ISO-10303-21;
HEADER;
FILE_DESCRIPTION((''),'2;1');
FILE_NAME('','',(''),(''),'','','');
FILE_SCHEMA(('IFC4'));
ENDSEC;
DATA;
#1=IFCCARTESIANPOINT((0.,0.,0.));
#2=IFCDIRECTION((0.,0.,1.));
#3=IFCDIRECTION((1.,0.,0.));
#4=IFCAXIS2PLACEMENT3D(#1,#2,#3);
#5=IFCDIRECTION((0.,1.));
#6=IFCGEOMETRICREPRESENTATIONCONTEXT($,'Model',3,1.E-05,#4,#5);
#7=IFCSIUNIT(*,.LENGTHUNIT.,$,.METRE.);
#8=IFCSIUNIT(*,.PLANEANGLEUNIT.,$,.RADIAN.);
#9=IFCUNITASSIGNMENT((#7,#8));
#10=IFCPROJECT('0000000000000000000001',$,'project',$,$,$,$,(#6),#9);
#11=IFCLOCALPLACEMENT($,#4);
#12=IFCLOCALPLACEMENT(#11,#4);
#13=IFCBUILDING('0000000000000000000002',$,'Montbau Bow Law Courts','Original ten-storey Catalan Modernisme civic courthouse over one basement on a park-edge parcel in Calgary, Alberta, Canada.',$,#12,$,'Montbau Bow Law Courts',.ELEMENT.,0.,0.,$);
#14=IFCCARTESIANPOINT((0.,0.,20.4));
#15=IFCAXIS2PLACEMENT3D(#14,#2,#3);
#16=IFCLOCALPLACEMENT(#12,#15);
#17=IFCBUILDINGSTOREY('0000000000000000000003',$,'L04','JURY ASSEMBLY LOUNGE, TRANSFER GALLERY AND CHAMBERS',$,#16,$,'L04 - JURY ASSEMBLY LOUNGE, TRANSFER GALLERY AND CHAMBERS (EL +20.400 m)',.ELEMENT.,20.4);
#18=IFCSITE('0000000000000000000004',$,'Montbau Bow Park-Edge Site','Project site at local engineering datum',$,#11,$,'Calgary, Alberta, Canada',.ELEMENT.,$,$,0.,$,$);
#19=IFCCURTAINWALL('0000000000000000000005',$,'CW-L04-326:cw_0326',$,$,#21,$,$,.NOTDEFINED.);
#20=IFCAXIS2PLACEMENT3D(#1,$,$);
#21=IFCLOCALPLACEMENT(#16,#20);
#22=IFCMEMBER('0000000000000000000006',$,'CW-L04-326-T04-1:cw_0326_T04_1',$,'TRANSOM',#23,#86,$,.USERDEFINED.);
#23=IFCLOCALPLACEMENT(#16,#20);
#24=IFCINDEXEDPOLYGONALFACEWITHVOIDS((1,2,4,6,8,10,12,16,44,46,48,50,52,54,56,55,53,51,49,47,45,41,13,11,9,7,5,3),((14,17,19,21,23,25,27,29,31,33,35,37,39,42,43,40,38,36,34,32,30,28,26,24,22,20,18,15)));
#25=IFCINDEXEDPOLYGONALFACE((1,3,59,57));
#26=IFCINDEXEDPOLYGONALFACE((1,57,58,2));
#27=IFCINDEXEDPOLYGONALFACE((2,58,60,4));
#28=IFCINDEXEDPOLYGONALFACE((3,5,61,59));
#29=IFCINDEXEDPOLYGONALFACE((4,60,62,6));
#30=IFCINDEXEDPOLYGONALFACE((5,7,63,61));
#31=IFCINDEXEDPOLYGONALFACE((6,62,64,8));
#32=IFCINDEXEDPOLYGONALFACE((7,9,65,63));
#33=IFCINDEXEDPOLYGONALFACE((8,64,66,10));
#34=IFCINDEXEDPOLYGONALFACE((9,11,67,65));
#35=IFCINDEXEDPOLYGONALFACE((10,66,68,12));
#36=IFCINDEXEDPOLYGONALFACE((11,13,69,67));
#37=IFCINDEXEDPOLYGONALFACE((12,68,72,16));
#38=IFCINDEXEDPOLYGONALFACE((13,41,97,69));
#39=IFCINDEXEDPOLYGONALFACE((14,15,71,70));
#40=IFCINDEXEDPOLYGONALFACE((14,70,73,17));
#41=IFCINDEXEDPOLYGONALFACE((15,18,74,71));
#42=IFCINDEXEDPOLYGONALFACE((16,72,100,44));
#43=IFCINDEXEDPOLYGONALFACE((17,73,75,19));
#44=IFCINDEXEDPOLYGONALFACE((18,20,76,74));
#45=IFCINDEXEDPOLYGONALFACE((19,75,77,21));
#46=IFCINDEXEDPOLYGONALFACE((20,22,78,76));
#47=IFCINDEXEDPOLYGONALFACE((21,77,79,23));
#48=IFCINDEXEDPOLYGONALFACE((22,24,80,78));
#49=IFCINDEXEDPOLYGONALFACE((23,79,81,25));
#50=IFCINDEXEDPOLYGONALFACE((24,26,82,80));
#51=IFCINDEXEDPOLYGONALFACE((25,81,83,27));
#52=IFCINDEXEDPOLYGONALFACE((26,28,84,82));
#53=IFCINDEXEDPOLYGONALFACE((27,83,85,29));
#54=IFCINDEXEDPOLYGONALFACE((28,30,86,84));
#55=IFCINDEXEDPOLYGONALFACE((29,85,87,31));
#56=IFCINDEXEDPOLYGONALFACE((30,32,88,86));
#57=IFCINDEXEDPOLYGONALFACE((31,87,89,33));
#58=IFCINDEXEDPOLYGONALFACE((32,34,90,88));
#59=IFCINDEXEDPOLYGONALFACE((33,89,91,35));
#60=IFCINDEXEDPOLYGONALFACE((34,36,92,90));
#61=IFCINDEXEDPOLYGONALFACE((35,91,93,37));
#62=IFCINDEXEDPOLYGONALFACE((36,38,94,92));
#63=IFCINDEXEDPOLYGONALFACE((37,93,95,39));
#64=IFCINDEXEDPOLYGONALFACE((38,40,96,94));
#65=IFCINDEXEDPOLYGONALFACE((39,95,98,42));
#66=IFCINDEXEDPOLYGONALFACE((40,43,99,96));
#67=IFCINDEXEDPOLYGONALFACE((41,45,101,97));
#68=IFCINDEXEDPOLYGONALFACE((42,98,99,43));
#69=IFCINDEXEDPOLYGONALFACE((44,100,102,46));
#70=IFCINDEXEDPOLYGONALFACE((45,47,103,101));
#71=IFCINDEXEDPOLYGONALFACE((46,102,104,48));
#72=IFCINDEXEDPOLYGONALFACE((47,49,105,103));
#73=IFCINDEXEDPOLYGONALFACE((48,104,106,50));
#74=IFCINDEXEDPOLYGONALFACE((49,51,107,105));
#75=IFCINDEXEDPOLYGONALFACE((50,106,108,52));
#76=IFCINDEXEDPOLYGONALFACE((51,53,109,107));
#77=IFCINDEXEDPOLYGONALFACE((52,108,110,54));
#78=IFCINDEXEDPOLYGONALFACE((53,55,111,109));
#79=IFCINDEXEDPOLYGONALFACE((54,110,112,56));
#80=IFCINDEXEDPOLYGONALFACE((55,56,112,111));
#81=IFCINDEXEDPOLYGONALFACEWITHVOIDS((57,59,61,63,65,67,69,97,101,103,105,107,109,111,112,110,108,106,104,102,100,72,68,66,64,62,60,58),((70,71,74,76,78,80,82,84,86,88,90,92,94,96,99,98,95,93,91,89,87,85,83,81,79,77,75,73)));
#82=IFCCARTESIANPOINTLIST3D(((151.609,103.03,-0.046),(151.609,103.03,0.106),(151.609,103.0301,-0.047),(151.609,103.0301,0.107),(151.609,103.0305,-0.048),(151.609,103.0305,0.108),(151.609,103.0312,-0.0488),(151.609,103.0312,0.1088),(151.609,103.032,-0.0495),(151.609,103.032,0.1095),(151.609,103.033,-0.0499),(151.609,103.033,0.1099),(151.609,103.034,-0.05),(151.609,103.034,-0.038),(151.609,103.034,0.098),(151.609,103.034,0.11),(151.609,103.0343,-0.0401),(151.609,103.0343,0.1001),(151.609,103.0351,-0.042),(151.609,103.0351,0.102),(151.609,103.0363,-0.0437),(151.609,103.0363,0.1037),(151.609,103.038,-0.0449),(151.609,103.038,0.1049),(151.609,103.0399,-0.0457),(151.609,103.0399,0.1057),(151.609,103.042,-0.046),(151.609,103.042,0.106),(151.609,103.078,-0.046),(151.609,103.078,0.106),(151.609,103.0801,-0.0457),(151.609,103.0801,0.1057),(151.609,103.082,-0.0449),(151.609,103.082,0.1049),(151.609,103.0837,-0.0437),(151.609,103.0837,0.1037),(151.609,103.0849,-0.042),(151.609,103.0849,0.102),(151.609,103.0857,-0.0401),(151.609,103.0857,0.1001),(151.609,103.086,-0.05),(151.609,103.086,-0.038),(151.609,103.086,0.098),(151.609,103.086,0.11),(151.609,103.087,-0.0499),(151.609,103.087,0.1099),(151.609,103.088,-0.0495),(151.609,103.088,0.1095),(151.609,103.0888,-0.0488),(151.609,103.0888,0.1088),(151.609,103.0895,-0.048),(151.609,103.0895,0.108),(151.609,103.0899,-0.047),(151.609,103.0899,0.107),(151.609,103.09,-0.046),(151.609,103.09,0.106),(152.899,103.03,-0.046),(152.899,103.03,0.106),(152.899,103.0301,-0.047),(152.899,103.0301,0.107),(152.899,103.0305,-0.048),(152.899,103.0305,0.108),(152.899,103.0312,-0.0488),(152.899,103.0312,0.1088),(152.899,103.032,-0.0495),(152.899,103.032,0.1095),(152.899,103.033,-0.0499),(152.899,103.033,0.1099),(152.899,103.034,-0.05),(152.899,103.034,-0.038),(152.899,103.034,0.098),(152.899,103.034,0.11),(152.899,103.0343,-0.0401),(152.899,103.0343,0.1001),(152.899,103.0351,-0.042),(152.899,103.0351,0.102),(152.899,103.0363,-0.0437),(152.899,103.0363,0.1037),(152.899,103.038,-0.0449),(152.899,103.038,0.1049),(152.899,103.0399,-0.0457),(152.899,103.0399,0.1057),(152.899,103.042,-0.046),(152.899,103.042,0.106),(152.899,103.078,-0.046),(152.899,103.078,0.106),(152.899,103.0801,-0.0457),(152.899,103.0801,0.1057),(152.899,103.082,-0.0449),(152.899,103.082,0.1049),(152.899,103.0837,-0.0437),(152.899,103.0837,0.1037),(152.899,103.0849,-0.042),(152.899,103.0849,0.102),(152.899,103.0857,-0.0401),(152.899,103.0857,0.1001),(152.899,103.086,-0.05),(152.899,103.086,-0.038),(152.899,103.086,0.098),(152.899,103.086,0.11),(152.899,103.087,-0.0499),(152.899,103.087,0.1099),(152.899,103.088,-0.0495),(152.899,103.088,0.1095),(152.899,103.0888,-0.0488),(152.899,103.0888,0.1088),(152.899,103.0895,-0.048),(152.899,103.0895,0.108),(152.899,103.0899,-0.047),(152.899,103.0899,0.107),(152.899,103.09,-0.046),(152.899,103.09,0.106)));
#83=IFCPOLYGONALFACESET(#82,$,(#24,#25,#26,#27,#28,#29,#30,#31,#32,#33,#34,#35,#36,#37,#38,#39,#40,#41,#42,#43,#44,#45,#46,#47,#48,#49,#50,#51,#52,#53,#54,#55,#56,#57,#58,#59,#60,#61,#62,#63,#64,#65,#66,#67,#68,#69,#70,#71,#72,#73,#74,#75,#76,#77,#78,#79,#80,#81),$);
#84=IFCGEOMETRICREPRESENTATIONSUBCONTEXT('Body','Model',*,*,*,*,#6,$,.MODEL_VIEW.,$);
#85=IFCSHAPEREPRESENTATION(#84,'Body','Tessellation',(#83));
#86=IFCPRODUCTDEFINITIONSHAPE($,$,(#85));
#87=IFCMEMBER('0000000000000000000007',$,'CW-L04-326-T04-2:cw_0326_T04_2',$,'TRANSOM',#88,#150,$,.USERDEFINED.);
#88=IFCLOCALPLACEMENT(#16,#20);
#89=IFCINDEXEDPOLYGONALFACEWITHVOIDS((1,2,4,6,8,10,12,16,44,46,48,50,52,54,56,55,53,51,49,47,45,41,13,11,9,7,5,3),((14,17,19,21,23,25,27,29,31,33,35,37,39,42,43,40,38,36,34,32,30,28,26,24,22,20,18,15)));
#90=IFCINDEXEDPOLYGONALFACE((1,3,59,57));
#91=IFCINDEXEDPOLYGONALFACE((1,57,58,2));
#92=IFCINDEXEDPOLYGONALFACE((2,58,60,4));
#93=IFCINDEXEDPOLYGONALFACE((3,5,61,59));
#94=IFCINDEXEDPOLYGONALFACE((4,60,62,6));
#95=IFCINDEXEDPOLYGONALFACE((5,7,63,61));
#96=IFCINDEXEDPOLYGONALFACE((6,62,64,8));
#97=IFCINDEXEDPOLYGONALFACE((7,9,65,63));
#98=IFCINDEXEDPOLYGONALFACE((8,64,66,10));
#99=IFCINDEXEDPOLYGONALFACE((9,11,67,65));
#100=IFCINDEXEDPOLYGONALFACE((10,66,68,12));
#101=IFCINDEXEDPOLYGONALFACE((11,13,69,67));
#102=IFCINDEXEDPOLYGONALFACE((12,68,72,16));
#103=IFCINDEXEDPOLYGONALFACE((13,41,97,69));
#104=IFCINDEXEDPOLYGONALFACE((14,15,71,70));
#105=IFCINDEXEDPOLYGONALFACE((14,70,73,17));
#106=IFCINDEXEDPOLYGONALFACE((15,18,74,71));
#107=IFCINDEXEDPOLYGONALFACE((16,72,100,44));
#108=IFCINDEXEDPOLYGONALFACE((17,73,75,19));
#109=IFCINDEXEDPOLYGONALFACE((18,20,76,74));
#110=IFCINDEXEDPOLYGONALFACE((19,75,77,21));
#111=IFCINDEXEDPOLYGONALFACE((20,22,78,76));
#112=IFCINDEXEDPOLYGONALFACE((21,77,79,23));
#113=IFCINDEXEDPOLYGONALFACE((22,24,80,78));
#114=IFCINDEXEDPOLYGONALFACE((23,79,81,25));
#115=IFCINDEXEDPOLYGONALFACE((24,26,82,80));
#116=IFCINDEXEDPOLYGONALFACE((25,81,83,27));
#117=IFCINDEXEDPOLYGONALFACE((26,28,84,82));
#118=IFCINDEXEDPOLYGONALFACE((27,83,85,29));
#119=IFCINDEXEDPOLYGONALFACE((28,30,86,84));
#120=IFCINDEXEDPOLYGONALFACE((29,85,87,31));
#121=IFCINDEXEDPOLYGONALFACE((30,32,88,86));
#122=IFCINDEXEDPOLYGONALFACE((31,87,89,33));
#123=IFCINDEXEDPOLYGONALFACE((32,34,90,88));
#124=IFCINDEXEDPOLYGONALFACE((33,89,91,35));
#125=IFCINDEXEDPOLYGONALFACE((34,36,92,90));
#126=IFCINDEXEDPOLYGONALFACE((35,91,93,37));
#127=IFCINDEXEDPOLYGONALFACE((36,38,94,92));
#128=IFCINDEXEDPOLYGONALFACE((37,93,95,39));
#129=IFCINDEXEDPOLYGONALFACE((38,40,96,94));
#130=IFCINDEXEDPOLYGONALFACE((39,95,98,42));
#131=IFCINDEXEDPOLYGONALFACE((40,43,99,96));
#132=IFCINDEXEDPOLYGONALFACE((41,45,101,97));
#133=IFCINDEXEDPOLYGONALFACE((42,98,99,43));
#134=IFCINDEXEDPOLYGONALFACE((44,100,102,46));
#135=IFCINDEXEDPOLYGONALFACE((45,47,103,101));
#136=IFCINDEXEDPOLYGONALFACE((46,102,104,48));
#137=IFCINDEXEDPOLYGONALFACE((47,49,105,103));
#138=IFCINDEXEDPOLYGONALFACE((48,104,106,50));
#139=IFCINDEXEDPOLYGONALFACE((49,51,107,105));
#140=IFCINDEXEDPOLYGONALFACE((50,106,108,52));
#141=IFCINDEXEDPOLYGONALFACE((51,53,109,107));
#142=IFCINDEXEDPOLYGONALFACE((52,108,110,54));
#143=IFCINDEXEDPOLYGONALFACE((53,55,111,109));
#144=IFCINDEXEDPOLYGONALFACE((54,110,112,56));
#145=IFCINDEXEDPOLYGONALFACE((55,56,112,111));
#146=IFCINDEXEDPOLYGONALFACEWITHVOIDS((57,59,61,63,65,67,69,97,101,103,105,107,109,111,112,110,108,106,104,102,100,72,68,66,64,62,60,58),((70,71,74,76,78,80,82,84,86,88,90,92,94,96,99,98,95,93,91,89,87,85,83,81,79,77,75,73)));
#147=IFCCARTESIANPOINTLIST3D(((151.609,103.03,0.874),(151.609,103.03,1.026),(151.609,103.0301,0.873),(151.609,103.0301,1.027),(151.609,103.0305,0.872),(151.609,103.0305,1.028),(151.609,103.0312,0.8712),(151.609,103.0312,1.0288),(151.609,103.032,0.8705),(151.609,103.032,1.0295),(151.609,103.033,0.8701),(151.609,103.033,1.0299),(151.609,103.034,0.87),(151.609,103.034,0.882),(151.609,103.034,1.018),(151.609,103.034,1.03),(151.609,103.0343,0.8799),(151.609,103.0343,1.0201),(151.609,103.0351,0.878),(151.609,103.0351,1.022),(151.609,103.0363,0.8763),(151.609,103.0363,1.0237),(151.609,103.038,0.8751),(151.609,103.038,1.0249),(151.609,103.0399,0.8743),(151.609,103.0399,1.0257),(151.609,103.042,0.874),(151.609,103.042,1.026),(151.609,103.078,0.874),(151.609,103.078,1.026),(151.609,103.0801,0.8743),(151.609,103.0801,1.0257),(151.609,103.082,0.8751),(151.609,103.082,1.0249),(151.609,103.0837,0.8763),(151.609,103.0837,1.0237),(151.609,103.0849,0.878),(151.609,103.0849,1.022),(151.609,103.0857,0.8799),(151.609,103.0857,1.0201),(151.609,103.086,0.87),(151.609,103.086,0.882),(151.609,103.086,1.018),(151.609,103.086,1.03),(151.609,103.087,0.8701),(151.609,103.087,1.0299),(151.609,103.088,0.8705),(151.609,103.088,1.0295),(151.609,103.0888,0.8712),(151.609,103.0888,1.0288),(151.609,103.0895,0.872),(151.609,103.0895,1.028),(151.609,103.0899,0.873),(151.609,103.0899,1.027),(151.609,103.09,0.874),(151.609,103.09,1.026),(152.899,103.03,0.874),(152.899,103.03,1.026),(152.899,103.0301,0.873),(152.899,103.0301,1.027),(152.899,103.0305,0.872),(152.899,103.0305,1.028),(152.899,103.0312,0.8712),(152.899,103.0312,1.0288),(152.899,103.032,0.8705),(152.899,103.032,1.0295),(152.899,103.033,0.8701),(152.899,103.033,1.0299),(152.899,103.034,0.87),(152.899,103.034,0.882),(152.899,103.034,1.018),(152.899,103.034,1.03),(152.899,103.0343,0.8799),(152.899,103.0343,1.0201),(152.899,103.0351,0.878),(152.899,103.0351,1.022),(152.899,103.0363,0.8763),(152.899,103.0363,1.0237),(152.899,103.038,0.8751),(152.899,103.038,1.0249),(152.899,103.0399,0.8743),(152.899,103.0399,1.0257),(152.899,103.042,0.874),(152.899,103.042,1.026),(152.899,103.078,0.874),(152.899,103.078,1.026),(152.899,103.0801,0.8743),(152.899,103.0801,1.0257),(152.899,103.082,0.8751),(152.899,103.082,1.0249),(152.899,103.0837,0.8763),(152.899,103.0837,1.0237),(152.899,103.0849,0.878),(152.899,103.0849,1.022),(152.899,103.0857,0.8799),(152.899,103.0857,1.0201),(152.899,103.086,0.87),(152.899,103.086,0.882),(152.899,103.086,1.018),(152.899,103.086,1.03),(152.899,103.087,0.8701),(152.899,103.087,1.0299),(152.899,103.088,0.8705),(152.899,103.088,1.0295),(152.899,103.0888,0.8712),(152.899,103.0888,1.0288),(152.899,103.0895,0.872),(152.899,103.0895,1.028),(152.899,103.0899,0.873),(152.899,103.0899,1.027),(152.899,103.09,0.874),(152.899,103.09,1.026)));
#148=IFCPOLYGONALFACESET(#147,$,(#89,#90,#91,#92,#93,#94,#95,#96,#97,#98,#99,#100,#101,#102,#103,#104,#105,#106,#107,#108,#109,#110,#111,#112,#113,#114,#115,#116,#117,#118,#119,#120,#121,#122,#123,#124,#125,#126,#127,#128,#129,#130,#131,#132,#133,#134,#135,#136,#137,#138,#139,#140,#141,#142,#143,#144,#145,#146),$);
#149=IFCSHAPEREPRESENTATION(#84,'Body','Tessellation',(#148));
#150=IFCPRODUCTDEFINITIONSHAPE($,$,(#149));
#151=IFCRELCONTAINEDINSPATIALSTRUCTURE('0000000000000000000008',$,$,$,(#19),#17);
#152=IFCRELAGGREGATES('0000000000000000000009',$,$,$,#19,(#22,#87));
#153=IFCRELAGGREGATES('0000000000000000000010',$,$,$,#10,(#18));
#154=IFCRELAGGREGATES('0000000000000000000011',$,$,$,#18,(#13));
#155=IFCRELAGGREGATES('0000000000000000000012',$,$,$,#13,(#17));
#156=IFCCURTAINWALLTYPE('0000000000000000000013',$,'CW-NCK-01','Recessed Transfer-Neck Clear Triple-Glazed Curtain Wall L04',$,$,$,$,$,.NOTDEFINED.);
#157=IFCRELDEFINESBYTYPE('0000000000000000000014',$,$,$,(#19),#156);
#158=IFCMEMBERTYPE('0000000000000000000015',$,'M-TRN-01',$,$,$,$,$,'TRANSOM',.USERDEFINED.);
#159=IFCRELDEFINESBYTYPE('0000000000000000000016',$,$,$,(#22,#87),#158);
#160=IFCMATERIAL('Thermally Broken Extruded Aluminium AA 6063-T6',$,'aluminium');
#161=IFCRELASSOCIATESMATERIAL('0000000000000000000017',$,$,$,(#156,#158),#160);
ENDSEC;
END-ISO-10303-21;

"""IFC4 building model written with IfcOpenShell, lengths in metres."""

from ifc_helpers import new_model, si_unit, direction, frame, origin_with_axes, origin_2d_with_axis, place, context, subcontext, project, spatial, hollow_rectangle, extrude, material, material_profile, profile_set, type_object, element, aggregate, save


model = new_model("IFC4")

# Units and contexts
model_context = context("Model", 3, precision=1e-05, world=origin_with_axes(), true_north=direction((0.0, 1.0)))
body_context = subcontext(model_context, "Body", "Model", "MODEL_VIEW")
ifc_project = project(units=[si_unit("LENGTHUNIT", "METRE"), si_unit("PLANEANGLEUNIT", "RADIAN")], contexts=[model_context])

# Site, building, storey
site_placement = place(None, origin_with_axes())
site = spatial("IfcSite", under=ifc_project, at=site_placement, Name="Montbau Bow Park-Edge Site", Description="Project site at local engineering datum", LongName="Calgary, Alberta, Canada", CompositionType="ELEMENT", RefElevation=0.0)
building_placement = place(site_placement, origin_with_axes())
building = spatial("IfcBuilding", under=site, at=building_placement, Name="Montbau Bow Law Courts", Description="Original ten-storey Catalan Modernisme civic courthouse over one basement on a park-edge parcel in Calgary, Alberta, Canada.", LongName="Montbau Bow Law Courts", CompositionType="ELEMENT", ElevationOfRefHeight=0.0, ElevationOfTerrain=0.0)
storey_placement = place(building_placement, frame((0.0, 0.0, 20.4), z_axis=(0.0, 0.0, 1.0), x_axis=(1.0, 0.0, 0.0)))
storey = spatial("IfcBuildingStorey", under=building, at=storey_placement, Name="L04", Description="JURY ASSEMBLY LOUNGE, TRANSFER GALLERY AND CHAMBERS", LongName="L04 - JURY ASSEMBLY LOUNGE, TRANSFER GALLERY AND CHAMBERS (EL +20.400 m)", CompositionType="ELEMENT", Elevation=20.4)

# Curtain wall, members
ifc_material_1 = material(Name="Thermally Broken Extruded Aluminium AA 6063-T6", Category="aluminium")
curtain_wall_type = type_object("IfcCurtainWallType", Name="CW-NCK-01", Description="Recessed Transfer-Neck Clear Triple-Glazed Curtain Wall L04", PredefinedType="NOTDEFINED", material=ifc_material_1)
curtain_wall_placement = place(None, frame((147.515, 103.06, 20.4), z_axis=(0.0, 0.0, 1.0), x_axis=(1.0, 0.0, 0.0)))
curtain_wall = element("IfcCurtainWall", 1, at=curtain_wall_placement, inside=storey, type_object=curtain_wall_type, Name="CW-L04-326:cw_0326", PredefinedType="NOTDEFINED")
ifc_material_profile_1 = material_profile(ifc_material_1, hollow_rectangle(XDim=0.06, YDim=0.16, WallThickness=0.004, InnerFilletRadius=0.008, OuterFilletRadius=0.004, at=origin_2d_with_axis()), Name="CWT-160X60", Category="Main", Priority=0)
ifc_profile_set_1 = profile_set([ifc_material_profile_1], Name="Thermally Broken Extruded Aluminium AA 6063-T6")
member_type_1 = type_object("IfcMemberType", Name="M-TRN-01", ElementType="TRANSOM", PredefinedType="USERDEFINED", material=ifc_profile_set_1)
member_1_placement = place(None, frame((151.609, 103.06, 20.43), z_axis=(1.0, 0.0, 0.0), x_axis=(0.0, 1.0, 0.0)))
member_1 = element("IfcMember", 2, at=member_1_placement, type_object=member_type_1, Name="CW-L04-326-T04-1:cw_0326_T04_1", ObjectType="TRANSOM", PredefinedType="USERDEFINED", context=body_context, shape_type="SweptSolid", body=[
    extrude(hollow_rectangle(XDim=0.06, YDim=0.16, WallThickness=0.004, InnerFilletRadius=0.008, OuterFilletRadius=0.004, at=origin_2d_with_axis()), origin_with_axes(), (0.0, 0.0, 1.0), 1.29),
])
member_2_placement = place(None, frame((151.609, 103.06, 21.35), z_axis=(1.0, 0.0, 0.0), x_axis=(0.0, 1.0, 0.0)))
member_2 = element("IfcMember", 3, at=member_2_placement, type_object=member_type_1, Name="CW-L04-326-T04-2:cw_0326_T04_2", ObjectType="TRANSOM", PredefinedType="USERDEFINED", context=body_context, shape_type="SweptSolid", body=[
    extrude(hollow_rectangle(XDim=0.06, YDim=0.16, WallThickness=0.004, InnerFilletRadius=0.008, OuterFilletRadius=0.004, at=origin_2d_with_axis()), origin_with_axes(), (0.0, 0.0, 1.0), 1.29),
])
aggregate(curtain_wall, [member_1, member_2])

save(model, "model.ifc")
